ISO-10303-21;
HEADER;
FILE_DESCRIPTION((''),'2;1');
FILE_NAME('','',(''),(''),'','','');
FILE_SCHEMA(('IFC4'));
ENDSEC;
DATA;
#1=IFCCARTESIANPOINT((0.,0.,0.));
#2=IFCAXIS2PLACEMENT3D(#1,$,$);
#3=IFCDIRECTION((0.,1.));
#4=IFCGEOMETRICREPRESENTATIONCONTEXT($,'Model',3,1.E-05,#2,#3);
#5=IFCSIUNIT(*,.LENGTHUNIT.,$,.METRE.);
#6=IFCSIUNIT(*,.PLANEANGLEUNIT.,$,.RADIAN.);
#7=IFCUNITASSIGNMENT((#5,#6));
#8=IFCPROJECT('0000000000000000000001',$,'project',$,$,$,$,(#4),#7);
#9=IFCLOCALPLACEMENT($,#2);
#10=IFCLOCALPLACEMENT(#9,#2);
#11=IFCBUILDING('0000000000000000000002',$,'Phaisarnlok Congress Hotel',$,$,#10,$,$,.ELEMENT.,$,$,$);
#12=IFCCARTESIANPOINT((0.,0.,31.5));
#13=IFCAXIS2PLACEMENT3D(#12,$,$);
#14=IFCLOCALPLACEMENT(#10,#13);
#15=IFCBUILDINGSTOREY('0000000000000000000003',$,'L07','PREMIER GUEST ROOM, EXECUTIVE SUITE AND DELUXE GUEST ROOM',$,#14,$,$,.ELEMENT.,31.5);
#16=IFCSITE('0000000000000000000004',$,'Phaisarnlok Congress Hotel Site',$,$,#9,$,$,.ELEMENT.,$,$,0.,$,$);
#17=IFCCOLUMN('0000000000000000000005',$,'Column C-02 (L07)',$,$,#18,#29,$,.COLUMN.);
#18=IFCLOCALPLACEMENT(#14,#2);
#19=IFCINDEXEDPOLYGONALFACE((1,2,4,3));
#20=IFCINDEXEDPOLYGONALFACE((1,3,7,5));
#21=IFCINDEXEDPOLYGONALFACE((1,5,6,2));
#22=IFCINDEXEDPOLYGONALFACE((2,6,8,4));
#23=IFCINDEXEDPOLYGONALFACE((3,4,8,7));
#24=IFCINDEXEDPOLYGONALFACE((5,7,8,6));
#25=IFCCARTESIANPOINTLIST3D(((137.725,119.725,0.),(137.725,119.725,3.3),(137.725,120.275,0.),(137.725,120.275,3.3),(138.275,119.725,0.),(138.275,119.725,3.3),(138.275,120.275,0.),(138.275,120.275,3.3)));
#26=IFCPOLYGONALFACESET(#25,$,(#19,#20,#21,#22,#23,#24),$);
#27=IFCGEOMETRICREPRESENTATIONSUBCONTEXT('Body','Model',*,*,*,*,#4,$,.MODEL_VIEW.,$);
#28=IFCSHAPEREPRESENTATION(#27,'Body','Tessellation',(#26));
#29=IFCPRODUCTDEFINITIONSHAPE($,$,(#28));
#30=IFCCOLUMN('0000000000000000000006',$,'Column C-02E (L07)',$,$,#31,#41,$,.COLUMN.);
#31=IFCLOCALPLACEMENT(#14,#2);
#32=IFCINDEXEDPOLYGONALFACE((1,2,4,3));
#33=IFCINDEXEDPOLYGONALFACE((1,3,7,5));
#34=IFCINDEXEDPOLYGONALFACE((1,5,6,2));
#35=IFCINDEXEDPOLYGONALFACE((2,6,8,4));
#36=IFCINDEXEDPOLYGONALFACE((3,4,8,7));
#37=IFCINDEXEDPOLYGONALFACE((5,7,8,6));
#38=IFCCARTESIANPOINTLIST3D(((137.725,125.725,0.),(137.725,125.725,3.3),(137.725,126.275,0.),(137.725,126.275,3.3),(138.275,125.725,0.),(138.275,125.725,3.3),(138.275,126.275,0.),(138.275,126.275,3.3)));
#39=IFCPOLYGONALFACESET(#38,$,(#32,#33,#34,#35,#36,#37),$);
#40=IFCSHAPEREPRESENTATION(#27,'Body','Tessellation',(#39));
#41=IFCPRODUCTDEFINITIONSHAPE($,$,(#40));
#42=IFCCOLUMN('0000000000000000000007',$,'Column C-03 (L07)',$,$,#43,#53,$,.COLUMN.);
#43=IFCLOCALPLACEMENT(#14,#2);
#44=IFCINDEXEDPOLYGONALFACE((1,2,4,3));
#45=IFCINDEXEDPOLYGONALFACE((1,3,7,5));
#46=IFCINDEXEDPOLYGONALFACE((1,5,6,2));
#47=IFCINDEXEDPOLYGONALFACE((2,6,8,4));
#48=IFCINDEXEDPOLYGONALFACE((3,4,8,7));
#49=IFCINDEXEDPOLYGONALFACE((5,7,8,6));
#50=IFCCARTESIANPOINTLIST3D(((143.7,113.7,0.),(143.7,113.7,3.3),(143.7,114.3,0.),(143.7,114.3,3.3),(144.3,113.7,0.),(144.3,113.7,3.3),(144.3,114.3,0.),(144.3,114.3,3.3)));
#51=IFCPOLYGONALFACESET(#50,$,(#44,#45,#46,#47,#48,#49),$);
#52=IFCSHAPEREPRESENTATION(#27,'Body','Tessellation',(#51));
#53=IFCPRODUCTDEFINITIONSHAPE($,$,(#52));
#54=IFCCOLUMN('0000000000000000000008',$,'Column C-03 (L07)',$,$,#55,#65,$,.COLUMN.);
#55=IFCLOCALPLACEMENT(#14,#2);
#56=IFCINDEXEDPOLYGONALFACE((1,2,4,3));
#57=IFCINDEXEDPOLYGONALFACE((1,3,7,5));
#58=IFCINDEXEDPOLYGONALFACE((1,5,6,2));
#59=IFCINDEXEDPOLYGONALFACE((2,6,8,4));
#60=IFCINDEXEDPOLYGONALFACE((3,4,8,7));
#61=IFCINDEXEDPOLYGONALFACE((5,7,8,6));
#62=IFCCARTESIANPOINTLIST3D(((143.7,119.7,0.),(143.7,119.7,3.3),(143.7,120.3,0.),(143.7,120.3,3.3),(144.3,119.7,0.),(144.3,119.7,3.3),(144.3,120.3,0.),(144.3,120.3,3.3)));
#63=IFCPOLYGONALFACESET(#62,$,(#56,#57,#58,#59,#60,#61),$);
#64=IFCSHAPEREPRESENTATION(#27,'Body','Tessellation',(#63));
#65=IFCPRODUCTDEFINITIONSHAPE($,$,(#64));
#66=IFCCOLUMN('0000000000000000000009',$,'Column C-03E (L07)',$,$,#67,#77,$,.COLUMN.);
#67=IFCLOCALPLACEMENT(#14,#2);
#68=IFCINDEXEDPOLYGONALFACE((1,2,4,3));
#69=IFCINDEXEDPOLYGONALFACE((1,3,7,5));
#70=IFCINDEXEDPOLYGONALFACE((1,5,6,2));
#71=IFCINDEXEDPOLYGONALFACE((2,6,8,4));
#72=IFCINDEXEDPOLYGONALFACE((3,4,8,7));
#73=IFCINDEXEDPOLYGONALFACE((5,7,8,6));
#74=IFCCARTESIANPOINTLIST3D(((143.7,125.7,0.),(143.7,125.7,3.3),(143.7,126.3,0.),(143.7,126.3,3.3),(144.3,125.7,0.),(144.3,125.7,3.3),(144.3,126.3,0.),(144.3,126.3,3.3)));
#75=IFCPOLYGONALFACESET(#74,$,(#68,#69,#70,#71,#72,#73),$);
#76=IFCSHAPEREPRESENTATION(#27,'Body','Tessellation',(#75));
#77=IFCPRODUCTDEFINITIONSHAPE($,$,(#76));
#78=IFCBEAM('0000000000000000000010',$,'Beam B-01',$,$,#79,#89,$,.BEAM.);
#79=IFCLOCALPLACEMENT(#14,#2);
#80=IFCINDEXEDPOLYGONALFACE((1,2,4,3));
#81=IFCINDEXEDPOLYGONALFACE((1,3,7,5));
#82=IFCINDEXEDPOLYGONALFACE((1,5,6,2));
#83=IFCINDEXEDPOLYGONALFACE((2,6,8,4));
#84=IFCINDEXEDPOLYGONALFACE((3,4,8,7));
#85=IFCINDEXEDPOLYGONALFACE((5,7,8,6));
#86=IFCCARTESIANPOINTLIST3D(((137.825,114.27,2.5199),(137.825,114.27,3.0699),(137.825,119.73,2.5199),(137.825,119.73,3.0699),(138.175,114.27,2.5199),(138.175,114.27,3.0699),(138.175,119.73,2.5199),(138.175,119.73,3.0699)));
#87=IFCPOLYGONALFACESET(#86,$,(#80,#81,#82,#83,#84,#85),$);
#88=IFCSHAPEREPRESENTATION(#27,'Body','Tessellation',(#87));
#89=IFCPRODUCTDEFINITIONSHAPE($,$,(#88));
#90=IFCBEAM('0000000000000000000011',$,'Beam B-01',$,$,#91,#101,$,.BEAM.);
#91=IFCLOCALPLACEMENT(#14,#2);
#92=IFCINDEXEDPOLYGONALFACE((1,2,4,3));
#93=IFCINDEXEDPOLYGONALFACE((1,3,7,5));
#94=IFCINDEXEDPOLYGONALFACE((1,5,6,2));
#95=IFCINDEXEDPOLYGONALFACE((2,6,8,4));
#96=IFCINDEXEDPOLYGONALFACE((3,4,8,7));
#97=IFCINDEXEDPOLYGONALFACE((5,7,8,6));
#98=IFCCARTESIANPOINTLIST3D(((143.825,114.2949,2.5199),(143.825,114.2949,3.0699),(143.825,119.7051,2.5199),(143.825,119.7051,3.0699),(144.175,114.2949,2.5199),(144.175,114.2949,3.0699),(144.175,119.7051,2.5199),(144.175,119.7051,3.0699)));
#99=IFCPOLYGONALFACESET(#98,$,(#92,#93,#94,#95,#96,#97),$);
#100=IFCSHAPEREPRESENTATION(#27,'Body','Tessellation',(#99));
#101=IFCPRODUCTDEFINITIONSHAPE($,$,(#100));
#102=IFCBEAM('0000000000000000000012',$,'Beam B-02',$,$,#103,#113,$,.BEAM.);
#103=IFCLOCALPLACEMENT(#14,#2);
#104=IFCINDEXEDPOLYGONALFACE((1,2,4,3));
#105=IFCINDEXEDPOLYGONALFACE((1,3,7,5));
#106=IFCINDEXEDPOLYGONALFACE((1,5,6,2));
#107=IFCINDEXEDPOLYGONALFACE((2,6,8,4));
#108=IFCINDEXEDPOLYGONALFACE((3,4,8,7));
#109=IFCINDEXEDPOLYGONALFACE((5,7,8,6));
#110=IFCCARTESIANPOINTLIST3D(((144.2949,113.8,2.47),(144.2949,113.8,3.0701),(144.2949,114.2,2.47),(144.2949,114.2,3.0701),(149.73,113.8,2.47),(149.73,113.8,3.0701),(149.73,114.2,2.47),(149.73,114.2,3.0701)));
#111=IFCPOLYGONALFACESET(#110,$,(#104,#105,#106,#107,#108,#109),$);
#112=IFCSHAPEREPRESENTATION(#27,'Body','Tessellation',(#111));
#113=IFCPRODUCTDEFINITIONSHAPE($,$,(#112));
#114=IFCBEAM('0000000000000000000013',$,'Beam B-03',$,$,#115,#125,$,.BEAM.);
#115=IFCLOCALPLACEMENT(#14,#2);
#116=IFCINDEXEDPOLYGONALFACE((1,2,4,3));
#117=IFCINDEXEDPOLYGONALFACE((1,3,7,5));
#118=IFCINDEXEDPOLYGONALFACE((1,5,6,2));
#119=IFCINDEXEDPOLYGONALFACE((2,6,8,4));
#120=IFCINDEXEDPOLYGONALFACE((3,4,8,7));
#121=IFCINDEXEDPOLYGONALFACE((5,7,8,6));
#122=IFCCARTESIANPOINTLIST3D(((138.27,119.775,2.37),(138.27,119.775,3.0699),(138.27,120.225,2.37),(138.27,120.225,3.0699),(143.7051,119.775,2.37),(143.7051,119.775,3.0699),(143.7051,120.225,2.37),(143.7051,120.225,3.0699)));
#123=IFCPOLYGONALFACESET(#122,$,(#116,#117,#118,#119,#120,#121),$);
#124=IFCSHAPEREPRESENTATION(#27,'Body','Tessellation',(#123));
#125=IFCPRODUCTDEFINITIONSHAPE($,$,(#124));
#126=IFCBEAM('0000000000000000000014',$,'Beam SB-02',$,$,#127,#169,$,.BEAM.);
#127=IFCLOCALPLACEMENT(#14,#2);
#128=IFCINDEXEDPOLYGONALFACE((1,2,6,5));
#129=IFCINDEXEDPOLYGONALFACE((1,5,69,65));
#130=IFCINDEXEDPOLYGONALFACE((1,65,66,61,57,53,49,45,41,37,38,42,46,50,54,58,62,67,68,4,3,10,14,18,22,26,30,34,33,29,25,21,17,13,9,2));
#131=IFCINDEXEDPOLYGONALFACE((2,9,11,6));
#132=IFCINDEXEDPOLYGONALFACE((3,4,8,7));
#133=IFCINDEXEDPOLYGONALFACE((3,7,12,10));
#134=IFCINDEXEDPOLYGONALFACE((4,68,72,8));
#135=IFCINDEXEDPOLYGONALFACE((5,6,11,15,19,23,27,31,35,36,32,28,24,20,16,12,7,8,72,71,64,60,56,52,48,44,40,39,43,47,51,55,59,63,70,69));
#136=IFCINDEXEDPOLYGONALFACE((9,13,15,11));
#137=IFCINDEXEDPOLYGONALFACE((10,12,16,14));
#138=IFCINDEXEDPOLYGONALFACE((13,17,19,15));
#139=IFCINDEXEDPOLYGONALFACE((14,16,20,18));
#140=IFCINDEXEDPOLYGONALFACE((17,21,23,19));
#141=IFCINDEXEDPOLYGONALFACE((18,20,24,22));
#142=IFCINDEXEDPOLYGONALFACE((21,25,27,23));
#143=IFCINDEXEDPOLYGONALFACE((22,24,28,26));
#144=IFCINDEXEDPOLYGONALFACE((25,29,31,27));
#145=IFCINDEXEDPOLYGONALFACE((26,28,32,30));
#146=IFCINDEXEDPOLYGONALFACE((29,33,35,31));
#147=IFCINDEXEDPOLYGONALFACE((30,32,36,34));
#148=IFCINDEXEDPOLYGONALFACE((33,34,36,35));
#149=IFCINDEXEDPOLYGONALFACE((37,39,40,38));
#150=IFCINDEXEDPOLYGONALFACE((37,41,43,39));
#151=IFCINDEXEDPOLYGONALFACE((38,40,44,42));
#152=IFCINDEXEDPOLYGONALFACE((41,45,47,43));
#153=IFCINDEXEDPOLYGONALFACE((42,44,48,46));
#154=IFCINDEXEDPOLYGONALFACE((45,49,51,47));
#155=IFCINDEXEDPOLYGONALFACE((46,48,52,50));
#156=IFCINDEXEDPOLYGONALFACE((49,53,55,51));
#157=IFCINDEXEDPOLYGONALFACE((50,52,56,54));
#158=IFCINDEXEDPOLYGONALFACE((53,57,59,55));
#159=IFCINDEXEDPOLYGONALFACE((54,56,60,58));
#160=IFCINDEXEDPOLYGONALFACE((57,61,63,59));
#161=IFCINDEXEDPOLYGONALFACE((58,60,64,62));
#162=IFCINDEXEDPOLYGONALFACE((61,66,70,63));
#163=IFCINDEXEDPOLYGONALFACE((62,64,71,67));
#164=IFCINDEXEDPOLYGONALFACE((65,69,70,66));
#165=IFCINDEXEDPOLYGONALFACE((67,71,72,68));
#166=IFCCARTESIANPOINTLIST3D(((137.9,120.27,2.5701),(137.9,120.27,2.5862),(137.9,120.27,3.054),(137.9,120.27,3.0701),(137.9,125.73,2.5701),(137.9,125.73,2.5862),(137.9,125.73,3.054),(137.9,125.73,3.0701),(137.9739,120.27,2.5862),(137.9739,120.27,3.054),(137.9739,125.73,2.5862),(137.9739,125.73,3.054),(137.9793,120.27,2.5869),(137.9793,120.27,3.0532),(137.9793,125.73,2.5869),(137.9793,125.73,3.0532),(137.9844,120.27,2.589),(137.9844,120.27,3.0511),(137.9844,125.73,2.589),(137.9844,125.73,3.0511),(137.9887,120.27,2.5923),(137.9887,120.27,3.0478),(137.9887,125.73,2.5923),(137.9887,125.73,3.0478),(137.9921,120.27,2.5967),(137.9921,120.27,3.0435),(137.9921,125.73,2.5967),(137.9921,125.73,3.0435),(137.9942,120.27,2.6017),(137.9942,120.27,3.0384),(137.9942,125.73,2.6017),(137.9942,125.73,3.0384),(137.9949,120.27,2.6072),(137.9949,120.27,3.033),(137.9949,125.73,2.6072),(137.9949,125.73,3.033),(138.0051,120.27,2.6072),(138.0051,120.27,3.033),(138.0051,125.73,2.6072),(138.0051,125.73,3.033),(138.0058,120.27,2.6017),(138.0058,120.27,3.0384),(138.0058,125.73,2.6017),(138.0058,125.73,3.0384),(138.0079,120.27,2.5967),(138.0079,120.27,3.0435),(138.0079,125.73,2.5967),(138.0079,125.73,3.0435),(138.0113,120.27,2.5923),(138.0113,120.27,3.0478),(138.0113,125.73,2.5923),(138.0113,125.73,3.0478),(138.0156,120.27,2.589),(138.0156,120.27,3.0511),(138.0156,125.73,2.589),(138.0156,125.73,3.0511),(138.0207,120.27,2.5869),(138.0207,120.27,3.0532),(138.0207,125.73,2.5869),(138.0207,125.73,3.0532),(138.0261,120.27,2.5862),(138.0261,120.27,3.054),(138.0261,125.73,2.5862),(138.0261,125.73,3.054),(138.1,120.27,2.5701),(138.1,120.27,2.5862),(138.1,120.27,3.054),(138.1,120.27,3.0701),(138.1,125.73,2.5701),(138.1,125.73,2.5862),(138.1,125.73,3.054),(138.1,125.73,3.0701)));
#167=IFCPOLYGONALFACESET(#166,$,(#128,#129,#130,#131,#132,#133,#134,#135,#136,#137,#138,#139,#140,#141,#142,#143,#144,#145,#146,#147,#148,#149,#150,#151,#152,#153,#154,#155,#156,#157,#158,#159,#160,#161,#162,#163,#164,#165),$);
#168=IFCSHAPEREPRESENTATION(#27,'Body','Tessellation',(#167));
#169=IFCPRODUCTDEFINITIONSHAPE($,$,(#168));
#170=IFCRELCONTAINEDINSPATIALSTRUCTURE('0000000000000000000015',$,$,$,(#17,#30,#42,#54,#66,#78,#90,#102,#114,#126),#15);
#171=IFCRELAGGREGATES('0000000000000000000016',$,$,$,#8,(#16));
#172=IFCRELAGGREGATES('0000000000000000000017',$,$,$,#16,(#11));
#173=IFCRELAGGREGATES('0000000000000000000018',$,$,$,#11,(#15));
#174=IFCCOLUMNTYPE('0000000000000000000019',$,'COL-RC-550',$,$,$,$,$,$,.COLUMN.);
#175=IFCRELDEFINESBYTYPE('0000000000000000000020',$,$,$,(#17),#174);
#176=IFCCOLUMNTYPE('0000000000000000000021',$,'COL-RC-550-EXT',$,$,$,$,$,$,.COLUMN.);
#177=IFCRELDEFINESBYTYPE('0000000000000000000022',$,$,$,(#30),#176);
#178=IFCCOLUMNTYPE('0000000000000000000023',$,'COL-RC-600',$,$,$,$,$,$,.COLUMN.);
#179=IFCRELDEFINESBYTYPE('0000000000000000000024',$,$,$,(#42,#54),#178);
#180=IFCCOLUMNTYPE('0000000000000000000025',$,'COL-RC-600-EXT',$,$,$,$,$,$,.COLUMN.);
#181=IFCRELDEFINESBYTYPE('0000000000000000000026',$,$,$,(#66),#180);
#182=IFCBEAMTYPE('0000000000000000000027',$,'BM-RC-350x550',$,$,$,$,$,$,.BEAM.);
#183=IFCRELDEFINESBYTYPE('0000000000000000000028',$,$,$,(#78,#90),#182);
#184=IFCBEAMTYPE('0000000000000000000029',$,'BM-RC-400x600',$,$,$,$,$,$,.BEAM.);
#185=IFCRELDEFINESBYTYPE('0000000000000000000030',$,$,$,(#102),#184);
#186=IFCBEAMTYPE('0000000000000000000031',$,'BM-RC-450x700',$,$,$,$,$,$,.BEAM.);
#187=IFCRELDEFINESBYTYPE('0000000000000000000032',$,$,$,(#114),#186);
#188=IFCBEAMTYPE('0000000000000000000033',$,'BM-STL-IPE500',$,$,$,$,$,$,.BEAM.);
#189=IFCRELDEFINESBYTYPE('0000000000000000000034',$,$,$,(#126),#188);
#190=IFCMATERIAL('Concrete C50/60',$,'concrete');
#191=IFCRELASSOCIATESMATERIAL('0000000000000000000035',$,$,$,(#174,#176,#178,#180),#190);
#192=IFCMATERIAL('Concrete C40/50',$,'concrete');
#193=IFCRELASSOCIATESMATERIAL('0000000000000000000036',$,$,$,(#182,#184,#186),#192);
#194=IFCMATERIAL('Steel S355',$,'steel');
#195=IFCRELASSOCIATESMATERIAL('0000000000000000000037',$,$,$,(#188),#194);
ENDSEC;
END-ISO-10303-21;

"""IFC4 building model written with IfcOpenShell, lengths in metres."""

from ifc_helpers import new_model, si_unit, direction, frame, origin, origin_2d, place, context, subcontext, project, spatial, rectangle, i_section, extrude, material, material_profile, profile_set, type_object, element, save


model = new_model("IFC4")

# Units and contexts
model_context = context("Model", 3, precision=1e-05, world=origin(), true_north=direction((0.0, 1.0)))
body_context = subcontext(model_context, "Body", "Model", "MODEL_VIEW")
ifc_project = project(units=[si_unit("LENGTHUNIT", "METRE"), si_unit("PLANEANGLEUNIT", "RADIAN")], contexts=[model_context])

# Site, building, storey
site_placement = place(None, origin())
site = spatial("IfcSite", under=ifc_project, at=site_placement, Name="Phaisarnlok Congress Hotel Site", CompositionType="ELEMENT", RefElevation=0.0)
building_placement = place(site_placement, origin())
building = spatial("IfcBuilding", under=site, at=building_placement, Name="Phaisarnlok Congress Hotel", CompositionType="ELEMENT")
storey_placement = place(building_placement, frame((0.0, 0.0, 31.5)))
storey = spatial("IfcBuildingStorey", under=building, at=storey_placement, Name="L07", Description="PREMIER GUEST ROOM, EXECUTIVE SUITE AND DELUXE GUEST ROOM", CompositionType="ELEMENT", Elevation=31.5)

# Columns
ifc_material_1 = material(Name="Concrete C50/60", Category="concrete")
ifc_material_profile_1 = material_profile(ifc_material_1, rectangle(XDim=0.55, YDim=0.55, at=origin_2d()), Name="RC 550x550")
ifc_profile_set_1 = profile_set([ifc_material_profile_1], Name="Concrete C50/60")
column_type_1 = type_object("IfcColumnType", Name="COL-RC-550", PredefinedType="COLUMN", material=ifc_profile_set_1)
column_1_placement = place(storey_placement, frame((138.0, 120.0, 0.0), z_axis=(0.0, 0.0, 1.0), x_axis=(1.0, 0.0, 0.0)))
element("IfcColumn", 1, at=column_1_placement, inside=storey, type_object=column_type_1, Name="Column C-02 (L07)", PredefinedType="COLUMN", context=body_context, shape_type="SweptSolid", body=[
    extrude(rectangle(XDim=0.55, YDim=0.55, at=origin_2d()), origin(), (0.0, 0.0, 1.0), 3.3),
])
ifc_material_profile_2 = material_profile(ifc_material_1, rectangle(XDim=0.55, YDim=0.55, at=origin_2d()), Name="RC 550x550")
ifc_profile_set_2 = profile_set([ifc_material_profile_2], Name="Concrete C50/60")
column_type_2 = type_object("IfcColumnType", Name="COL-RC-550-EXT", PredefinedType="COLUMN", material=ifc_profile_set_2)
column_2_placement = place(storey_placement, frame((138.0, 126.0, 0.0), z_axis=(0.0, 0.0, 1.0), x_axis=(1.0, 0.0, 0.0)))
element("IfcColumn", 2, at=column_2_placement, inside=storey, type_object=column_type_2, Name="Column C-02E (L07)", PredefinedType="COLUMN", context=body_context, shape_type="SweptSolid", body=[
    extrude(rectangle(XDim=0.55, YDim=0.55, at=origin_2d()), origin(), (0.0, 0.0, 1.0), 3.3),
])
ifc_material_profile_3 = material_profile(ifc_material_1, rectangle(XDim=0.6001, YDim=0.6001, at=origin_2d()), Name="RC 600x600")
ifc_profile_set_3 = profile_set([ifc_material_profile_3], Name="Concrete C50/60")
column_type_3 = type_object("IfcColumnType", Name="COL-RC-600", PredefinedType="COLUMN", material=ifc_profile_set_3)
for number, where, z_axis, x_axis, name in (
    (3, (144.0, 114.0, 0.0), (0.0, 0.0, 1.0), (1.0, 0.0, 0.0), "Column C-03 (L07)"),
    (4, (144.0, 120.0, 0.0), (0.0, 0.0, 1.0), (1.0, 0.0, 0.0), "Column C-03 (L07)"),
):
    element("IfcColumn", number, at=place(storey_placement, frame(where, z_axis=z_axis, x_axis=x_axis)), inside=storey, type_object=column_type_3, Name=name, PredefinedType="COLUMN", context=body_context, shape_type="SweptSolid", body=[
        extrude(rectangle(XDim=0.6001, YDim=0.6001, at=origin_2d()), origin(), (0.0, 0.0, 1.0), 3.3),
    ])
ifc_material_profile_4 = material_profile(ifc_material_1, rectangle(XDim=0.6001, YDim=0.6001, at=origin_2d()), Name="RC 600x600")
ifc_profile_set_4 = profile_set([ifc_material_profile_4], Name="Concrete C50/60")
column_type_4 = type_object("IfcColumnType", Name="COL-RC-600-EXT", PredefinedType="COLUMN", material=ifc_profile_set_4)
column_3_placement = place(storey_placement, frame((144.0, 126.0, 0.0), z_axis=(0.0, 0.0, 1.0), x_axis=(1.0, 0.0, 0.0)))
element("IfcColumn", 5, at=column_3_placement, inside=storey, type_object=column_type_4, Name="Column C-03E (L07)", PredefinedType="COLUMN", context=body_context, shape_type="SweptSolid", body=[
    extrude(rectangle(XDim=0.6001, YDim=0.6001, at=origin_2d()), origin(), (0.0, 0.0, 1.0), 3.3),
])

# Beams
ifc_material_2 = material(Name="Concrete C40/50", Category="concrete")
ifc_material_profile_5 = material_profile(ifc_material_2, rectangle(XDim=0.3501, YDim=0.55, at=origin_2d()), Name="RC 350x550")
ifc_profile_set_5 = profile_set([ifc_material_profile_5], Name="Concrete C40/50")
beam_type_1 = type_object("IfcBeamType", Name="BM-RC-350x550", PredefinedType="BEAM", material=ifc_profile_set_5)
beam_1_placement = place(storey_placement, frame((138.0, 114.27, 2.7949), z_axis=(0.0, 1.0, 0.0), x_axis=(-1.0, 0.0, 0.0)))
element("IfcBeam", 6, at=beam_1_placement, inside=storey, type_object=beam_type_1, Name="Beam B-01", PredefinedType="BEAM", context=body_context, shape_type="SweptSolid", body=[
    extrude(rectangle(XDim=0.3501, YDim=0.55, at=origin_2d()), origin(), (0.0, 0.0, 1.0), 5.46),
])
beam_2_placement = place(storey_placement, frame((144.0, 114.2949, 2.7949), z_axis=(0.0, 1.0, 0.0), x_axis=(-1.0, 0.0, 0.0)))
element("IfcBeam", 7, at=beam_2_placement, inside=storey, type_object=beam_type_1, Name="Beam B-01", PredefinedType="BEAM", context=body_context, shape_type="SweptSolid", body=[
    extrude(rectangle(XDim=0.3501, YDim=0.55, at=origin_2d()), origin(), (0.0, 0.0, 1.0), 5.4102),
])
ifc_material_profile_6 = material_profile(ifc_material_2, rectangle(XDim=0.3999, YDim=0.6001, at=origin_2d()), Name="RC 400x600")
ifc_profile_set_6 = profile_set([ifc_material_profile_6], Name="Concrete C40/50")
beam_type_2 = type_object("IfcBeamType", Name="BM-RC-400x600", PredefinedType="BEAM", material=ifc_profile_set_6)
beam_3_placement = place(storey_placement, frame((144.2949, 114.0, 2.77), z_axis=(1.0, 0.0, 0.0), x_axis=(0.0, 1.0, 0.0)))
element("IfcBeam", 8, at=beam_3_placement, inside=storey, type_object=beam_type_2, Name="Beam B-02", PredefinedType="BEAM", context=body_context, shape_type="SweptSolid", body=[
    extrude(rectangle(XDim=0.3999, YDim=0.6001, at=origin_2d()), origin(), (0.0, 0.0, 1.0), 5.4351),
])
ifc_material_profile_7 = material_profile(ifc_material_2, rectangle(XDim=0.45, YDim=0.7, at=origin_2d()), Name="RC 450x700")
ifc_profile_set_7 = profile_set([ifc_material_profile_7], Name="Concrete C40/50")
beam_type_3 = type_object("IfcBeamType", Name="BM-RC-450x700", PredefinedType="BEAM", material=ifc_profile_set_7)
beam_4_placement = place(storey_placement, frame((138.27, 120.0, 2.72), z_axis=(1.0, 0.0, 0.0), x_axis=(0.0, 1.0, 0.0)))
element("IfcBeam", 9, at=beam_4_placement, inside=storey, type_object=beam_type_3, Name="Beam B-03", PredefinedType="BEAM", context=body_context, shape_type="SweptSolid", body=[
    extrude(rectangle(XDim=0.45, YDim=0.7, at=origin_2d()), origin(), (0.0, 0.0, 1.0), 5.4351),
])
ifc_material_3 = material(Name="Steel S355", Category="steel")
ifc_material_profile_8 = material_profile(ifc_material_3, i_section(OverallWidth=0.2, OverallDepth=0.5, WebThickness=0.0103, FlangeThickness=0.0161, FilletRadius=0.021, at=origin_2d()), Name="IPE 500")
ifc_profile_set_8 = profile_set([ifc_material_profile_8], Name="Steel S355")
beam_type_4 = type_object("IfcBeamType", Name="BM-STL-IPE500", PredefinedType="BEAM", material=ifc_profile_set_8)
beam_5_placement = place(storey_placement, frame((138.0, 120.27, 2.8201), z_axis=(0.0, 1.0, 0.0), x_axis=(-1.0, 0.0, 0.0)))
element("IfcBeam", 10, at=beam_5_placement, inside=storey, type_object=beam_type_4, Name="Beam SB-02", PredefinedType="BEAM", context=body_context, shape_type="SweptSolid", body=[
    extrude(i_section(OverallWidth=0.2, OverallDepth=0.5, WebThickness=0.0103, FlangeThickness=0.0161, FilletRadius=0.021, at=origin_2d()), origin(), (0.0, 0.0, 1.0), 5.46),
])

save(model, "model.ifc")
